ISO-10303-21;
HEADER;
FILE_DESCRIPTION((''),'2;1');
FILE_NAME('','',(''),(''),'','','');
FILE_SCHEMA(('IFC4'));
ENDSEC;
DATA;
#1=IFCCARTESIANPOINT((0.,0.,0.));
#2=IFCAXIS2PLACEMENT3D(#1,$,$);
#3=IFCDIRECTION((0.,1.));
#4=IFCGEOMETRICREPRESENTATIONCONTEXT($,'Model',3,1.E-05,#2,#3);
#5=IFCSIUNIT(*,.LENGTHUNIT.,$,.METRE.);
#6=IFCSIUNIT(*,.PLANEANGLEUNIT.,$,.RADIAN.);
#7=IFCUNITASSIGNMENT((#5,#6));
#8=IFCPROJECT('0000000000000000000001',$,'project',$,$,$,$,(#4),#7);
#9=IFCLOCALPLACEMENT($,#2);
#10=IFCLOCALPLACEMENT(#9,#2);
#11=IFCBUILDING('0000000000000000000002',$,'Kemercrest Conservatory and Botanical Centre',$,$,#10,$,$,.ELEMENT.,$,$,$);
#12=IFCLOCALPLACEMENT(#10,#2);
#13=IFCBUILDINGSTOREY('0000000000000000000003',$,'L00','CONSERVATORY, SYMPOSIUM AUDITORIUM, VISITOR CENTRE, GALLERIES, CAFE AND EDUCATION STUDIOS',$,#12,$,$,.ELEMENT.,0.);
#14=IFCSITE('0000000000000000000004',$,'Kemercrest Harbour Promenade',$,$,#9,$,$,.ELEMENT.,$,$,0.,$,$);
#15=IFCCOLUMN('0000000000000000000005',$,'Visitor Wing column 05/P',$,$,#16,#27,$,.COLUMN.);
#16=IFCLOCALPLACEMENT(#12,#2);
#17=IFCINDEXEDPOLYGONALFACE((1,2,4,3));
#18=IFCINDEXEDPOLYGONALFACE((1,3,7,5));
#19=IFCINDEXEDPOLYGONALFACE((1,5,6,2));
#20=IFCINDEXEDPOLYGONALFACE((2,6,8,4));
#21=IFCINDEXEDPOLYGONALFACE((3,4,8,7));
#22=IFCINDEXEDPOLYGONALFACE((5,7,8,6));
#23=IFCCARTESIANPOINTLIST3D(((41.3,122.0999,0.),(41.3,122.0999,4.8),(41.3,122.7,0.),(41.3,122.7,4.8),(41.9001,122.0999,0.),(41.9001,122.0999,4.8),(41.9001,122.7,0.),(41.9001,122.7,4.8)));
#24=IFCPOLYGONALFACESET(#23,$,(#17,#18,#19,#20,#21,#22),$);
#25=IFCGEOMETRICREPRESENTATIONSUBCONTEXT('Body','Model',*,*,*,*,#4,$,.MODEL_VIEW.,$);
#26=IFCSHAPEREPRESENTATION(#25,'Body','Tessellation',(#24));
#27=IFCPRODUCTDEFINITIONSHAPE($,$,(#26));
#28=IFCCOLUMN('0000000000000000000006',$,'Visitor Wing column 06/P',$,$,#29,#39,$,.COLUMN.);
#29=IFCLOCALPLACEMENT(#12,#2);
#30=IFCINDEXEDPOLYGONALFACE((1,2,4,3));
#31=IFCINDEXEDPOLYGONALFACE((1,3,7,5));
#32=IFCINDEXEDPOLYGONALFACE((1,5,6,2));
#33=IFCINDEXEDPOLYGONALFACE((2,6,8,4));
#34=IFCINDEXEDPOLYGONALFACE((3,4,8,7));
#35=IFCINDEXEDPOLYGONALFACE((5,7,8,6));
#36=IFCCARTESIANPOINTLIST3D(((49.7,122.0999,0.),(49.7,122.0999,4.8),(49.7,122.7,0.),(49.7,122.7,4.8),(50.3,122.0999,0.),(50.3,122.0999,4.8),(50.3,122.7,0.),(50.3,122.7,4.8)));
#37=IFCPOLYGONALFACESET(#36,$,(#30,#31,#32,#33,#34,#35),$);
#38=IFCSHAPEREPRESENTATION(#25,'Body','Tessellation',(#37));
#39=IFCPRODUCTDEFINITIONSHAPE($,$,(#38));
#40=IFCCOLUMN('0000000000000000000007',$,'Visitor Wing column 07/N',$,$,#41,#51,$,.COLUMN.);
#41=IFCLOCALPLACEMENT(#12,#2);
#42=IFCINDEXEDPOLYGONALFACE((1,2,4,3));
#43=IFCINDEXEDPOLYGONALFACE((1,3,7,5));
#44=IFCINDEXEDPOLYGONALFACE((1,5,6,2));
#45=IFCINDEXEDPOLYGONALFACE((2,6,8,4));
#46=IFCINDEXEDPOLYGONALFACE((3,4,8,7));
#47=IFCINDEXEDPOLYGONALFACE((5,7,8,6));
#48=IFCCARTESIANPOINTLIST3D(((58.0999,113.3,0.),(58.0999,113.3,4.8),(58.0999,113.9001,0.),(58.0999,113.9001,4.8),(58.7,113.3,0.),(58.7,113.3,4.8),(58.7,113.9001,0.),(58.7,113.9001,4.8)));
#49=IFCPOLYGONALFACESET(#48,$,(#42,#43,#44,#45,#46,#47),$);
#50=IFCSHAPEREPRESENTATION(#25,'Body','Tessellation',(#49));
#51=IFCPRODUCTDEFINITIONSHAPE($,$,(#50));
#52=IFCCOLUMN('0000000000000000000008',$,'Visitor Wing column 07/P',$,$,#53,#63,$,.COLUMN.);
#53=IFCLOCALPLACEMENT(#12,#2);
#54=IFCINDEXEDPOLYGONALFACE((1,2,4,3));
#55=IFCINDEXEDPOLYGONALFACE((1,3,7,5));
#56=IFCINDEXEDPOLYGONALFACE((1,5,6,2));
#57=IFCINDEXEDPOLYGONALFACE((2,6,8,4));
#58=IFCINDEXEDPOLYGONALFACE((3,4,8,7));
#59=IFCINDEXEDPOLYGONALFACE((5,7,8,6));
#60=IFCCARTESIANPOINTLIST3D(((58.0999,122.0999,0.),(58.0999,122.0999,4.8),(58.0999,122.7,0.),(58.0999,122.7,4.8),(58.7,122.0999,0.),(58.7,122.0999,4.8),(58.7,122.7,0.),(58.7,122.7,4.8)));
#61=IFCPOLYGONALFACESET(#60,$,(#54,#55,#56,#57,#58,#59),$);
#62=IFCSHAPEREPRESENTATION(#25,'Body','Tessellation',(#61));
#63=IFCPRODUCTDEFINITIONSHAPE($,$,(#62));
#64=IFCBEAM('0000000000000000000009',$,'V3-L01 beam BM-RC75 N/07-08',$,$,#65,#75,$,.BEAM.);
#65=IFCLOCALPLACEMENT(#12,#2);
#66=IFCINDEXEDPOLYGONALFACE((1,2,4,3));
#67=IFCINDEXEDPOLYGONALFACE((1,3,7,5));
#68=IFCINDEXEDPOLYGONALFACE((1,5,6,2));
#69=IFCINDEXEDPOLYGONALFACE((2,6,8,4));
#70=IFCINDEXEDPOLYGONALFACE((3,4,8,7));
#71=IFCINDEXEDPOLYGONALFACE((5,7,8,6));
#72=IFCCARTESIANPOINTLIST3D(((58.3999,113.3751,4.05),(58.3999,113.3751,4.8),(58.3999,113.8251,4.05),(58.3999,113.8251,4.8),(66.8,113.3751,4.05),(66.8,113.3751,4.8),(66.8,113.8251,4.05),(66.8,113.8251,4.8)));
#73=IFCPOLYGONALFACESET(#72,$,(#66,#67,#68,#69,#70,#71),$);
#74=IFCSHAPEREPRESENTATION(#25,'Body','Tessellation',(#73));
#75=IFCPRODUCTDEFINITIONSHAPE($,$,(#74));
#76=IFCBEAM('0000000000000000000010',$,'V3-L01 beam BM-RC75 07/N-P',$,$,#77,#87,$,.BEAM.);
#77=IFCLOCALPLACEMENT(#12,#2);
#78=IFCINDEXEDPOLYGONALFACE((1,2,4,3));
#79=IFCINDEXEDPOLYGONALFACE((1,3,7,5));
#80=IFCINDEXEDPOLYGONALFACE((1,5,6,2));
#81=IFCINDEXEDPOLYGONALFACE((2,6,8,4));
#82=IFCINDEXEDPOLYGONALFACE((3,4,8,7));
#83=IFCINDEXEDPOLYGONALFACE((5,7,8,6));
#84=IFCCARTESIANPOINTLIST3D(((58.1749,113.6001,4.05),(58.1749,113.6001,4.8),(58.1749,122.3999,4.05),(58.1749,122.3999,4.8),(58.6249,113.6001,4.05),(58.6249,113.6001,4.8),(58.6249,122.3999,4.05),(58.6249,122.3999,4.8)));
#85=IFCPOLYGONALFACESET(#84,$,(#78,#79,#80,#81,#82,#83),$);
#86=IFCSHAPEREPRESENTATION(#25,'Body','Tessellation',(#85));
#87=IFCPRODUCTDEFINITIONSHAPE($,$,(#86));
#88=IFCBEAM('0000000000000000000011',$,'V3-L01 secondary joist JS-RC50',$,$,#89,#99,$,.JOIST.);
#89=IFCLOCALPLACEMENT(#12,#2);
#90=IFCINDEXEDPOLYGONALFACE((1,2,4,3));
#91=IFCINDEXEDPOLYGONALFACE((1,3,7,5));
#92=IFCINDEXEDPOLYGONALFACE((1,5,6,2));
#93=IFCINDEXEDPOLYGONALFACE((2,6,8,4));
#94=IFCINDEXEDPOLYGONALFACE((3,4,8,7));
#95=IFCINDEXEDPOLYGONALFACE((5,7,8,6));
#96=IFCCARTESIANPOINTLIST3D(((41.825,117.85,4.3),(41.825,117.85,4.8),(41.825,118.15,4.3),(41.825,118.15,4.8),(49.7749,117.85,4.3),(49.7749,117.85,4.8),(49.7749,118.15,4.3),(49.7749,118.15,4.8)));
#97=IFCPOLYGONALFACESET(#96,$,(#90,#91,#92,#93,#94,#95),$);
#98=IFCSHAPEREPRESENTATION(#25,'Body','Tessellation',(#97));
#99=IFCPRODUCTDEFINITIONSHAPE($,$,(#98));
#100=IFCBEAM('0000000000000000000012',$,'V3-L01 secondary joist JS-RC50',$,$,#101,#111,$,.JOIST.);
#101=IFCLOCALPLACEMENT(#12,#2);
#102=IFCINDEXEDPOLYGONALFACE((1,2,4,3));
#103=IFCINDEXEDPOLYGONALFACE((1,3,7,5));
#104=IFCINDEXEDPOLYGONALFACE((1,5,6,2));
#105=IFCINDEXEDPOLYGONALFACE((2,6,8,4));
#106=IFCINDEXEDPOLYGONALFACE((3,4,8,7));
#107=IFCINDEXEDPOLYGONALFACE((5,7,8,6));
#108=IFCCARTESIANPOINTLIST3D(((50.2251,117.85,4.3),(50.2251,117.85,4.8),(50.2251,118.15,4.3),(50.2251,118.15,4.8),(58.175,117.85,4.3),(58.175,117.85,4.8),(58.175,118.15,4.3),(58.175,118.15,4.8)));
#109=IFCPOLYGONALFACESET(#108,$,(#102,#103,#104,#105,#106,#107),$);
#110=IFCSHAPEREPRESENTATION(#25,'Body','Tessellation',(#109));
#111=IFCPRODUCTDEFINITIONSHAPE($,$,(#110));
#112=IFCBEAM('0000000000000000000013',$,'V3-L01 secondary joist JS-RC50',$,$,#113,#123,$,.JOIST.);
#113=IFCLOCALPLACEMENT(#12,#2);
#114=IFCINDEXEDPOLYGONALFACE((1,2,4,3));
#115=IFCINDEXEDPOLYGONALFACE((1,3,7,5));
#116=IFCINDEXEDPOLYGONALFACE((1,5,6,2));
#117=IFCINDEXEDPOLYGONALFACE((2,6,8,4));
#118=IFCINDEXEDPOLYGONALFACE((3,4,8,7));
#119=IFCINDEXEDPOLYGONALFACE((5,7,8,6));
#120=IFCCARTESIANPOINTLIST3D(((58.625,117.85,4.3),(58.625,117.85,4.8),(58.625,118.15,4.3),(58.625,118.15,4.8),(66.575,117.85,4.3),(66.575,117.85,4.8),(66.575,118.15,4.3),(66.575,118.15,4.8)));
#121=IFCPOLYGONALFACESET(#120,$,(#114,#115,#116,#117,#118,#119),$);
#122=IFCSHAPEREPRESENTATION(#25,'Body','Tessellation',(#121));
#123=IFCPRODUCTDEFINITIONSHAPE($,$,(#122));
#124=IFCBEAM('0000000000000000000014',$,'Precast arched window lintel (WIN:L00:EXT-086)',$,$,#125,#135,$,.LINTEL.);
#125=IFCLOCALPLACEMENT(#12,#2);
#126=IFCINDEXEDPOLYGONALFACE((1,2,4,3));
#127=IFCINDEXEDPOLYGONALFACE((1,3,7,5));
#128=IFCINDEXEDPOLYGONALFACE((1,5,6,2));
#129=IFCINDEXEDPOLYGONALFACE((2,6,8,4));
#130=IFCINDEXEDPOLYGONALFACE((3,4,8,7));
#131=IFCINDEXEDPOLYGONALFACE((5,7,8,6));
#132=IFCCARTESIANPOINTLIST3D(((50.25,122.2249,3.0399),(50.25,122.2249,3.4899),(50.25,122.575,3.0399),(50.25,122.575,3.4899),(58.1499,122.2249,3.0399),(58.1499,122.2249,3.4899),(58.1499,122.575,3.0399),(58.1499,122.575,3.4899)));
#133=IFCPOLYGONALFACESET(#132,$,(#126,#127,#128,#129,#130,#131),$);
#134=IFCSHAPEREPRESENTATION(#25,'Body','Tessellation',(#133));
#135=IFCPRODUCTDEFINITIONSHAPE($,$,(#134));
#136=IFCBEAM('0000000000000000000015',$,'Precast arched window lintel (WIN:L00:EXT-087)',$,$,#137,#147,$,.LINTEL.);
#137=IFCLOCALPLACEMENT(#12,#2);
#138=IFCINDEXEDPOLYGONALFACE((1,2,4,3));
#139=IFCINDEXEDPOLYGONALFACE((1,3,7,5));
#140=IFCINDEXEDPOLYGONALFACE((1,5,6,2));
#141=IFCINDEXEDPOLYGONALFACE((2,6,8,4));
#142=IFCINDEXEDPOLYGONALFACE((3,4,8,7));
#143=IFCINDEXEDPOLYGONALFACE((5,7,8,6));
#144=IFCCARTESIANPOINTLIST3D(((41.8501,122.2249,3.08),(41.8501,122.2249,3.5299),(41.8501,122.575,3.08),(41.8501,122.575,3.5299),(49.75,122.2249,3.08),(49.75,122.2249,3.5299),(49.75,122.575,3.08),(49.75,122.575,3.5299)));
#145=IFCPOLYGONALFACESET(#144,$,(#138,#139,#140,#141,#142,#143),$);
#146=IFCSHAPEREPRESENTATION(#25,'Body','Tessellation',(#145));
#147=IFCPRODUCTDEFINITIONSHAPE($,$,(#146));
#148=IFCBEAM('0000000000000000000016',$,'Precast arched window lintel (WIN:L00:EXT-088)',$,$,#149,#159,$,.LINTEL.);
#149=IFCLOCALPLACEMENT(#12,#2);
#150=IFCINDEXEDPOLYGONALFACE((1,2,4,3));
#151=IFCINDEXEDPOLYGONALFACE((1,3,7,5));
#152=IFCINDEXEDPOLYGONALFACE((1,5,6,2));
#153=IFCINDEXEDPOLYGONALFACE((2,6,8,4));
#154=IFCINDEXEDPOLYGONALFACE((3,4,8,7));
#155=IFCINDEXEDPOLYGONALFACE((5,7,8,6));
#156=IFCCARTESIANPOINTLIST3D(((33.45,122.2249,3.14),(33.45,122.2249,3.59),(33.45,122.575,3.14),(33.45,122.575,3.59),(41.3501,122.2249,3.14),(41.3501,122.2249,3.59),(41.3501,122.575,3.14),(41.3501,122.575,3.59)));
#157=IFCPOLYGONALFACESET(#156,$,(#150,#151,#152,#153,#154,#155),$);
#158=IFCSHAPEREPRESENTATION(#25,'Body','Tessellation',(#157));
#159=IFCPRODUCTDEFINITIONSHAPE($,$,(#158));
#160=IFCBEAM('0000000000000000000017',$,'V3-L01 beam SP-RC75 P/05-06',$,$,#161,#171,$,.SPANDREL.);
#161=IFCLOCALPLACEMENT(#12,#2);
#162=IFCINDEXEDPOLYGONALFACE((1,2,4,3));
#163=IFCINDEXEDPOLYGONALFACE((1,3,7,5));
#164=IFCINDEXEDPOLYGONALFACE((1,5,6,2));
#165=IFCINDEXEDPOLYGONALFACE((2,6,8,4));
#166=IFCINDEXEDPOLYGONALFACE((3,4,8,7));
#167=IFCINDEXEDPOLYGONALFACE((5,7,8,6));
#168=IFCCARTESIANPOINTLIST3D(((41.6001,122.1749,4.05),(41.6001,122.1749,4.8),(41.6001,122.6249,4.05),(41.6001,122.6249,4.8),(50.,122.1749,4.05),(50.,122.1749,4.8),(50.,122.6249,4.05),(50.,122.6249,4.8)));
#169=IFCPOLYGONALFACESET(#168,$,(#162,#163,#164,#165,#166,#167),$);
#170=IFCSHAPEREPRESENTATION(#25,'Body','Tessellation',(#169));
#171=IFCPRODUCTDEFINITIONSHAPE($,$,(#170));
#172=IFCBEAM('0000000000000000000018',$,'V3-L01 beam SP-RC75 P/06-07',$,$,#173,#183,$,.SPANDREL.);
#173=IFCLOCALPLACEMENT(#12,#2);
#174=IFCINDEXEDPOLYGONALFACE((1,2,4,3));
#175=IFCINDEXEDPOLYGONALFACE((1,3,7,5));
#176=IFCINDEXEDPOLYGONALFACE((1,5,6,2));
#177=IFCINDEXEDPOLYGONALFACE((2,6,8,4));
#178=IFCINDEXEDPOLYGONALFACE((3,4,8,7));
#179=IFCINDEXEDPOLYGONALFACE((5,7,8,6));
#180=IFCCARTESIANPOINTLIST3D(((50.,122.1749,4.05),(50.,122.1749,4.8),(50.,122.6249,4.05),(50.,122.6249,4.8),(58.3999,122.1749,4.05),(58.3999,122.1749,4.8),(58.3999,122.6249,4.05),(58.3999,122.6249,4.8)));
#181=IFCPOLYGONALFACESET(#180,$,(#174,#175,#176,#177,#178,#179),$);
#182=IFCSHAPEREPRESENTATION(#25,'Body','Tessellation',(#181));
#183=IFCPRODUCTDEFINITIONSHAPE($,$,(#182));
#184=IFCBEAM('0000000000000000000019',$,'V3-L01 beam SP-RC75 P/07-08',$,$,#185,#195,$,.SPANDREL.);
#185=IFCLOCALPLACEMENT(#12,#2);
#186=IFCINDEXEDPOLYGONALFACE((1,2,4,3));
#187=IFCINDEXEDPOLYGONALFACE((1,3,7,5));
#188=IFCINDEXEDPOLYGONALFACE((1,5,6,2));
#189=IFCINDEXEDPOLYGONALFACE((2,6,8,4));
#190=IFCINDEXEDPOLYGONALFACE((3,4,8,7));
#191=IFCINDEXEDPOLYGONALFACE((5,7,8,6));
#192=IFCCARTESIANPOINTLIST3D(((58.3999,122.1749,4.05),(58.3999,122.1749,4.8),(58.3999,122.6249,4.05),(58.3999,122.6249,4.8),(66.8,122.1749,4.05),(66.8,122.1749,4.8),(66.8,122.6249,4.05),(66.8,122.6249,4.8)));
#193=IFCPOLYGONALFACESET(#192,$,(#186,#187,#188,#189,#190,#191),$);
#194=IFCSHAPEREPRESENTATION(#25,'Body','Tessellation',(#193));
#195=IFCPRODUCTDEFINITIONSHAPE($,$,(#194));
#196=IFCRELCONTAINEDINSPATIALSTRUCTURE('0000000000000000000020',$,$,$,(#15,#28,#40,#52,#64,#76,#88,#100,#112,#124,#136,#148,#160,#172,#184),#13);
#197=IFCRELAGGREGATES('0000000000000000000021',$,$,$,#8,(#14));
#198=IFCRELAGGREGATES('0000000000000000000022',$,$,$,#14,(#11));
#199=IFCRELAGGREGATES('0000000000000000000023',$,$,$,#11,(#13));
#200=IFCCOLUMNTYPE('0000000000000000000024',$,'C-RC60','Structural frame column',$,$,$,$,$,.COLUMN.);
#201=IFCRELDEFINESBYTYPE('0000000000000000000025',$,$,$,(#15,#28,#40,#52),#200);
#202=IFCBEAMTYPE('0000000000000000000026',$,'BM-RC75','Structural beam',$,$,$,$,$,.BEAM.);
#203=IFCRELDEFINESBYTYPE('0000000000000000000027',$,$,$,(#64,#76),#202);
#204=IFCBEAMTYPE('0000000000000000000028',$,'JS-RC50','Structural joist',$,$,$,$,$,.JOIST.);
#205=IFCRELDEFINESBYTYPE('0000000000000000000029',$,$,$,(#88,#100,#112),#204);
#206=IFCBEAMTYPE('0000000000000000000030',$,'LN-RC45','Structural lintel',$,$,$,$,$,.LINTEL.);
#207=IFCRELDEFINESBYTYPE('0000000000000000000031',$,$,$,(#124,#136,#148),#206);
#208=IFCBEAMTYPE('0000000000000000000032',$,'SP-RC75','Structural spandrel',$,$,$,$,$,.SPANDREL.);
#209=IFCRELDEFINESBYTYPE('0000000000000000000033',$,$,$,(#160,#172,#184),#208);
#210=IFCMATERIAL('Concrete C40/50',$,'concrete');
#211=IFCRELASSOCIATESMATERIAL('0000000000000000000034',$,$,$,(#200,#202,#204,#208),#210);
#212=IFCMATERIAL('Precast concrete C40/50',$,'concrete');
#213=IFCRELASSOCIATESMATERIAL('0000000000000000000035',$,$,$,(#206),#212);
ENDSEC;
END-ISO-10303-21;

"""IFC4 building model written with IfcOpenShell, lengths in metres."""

from ifc_helpers import new_model, si_unit, direction, frame, origin, origin_2d, place, context, subcontext, project, spatial, rectangle, extrude, material, material_profile, profile_set, type_object, element, save


model = new_model("IFC4")

# Units and contexts
model_context = context("Model", 3, precision=1e-05, world=origin(), true_north=direction((0.0, 1.0)))
body_context = subcontext(model_context, "Body", "Model", "MODEL_VIEW")
ifc_project = project(units=[si_unit("LENGTHUNIT", "METRE"), si_unit("PLANEANGLEUNIT", "RADIAN")], contexts=[model_context])

# Site, building, storey
site_placement = place(None, origin())
site = spatial("IfcSite", under=ifc_project, at=site_placement, Name="Kemercrest Harbour Promenade", CompositionType="ELEMENT", RefElevation=0.0)
building_placement = place(site_placement, origin())
building = spatial("IfcBuilding", under=site, at=building_placement, Name="Kemercrest Conservatory and Botanical Centre", CompositionType="ELEMENT")
storey_placement = place(building_placement, origin())
storey = spatial("IfcBuildingStorey", under=building, at=storey_placement, Name="L00", Description="CONSERVATORY, SYMPOSIUM AUDITORIUM, VISITOR CENTRE, GALLERIES, CAFE AND EDUCATION STUDIOS", CompositionType="ELEMENT", Elevation=0.0)

# Columns
ifc_material_1 = material(Name="Concrete C40/50", Category="concrete")
ifc_material_profile_1 = material_profile(ifc_material_1, rectangle(XDim=0.6001, YDim=0.6001, at=origin_2d()), Name="RC 600x600")
ifc_profile_set_1 = profile_set([ifc_material_profile_1], Name="Concrete C40/50")
column_type = type_object("IfcColumnType", Name="C-RC60", Description="Structural frame column", PredefinedType="COLUMN", material=ifc_profile_set_1)
for number, where, z_axis, x_axis, name in (
    (1, (41.6001, 122.3999, 0.0), (0.0, 0.0, 1.0), (1.0, 0.0, 0.0), "Visitor Wing column 05/P"),
    (2, (50.0, 122.3999, 0.0), (0.0, 0.0, 1.0), (1.0, 0.0, 0.0), "Visitor Wing column 06/P"),
    (3, (58.3999, 113.6001, 0.0), (0.0, 0.0, 1.0), (1.0, 0.0, 0.0), "Visitor Wing column 07/N"),
    (4, (58.3999, 122.3999, 0.0), (0.0, 0.0, 1.0), (1.0, 0.0, 0.0), "Visitor Wing column 07/P"),
):
    element("IfcColumn", number, at=place(storey_placement, frame(where, z_axis=z_axis, x_axis=x_axis)), inside=storey, type_object=column_type, Name=name, PredefinedType="COLUMN", context=body_context, shape_type="SweptSolid", body=[
        extrude(rectangle(XDim=0.6001, YDim=0.6001, at=origin_2d()), origin(), (0.0, 0.0, 1.0), 4.8),
    ])

# Beams
ifc_material_profile_2 = material_profile(ifc_material_1, rectangle(XDim=0.45, YDim=0.75, at=origin_2d()), Name="RC 450x750")
ifc_profile_set_2 = profile_set([ifc_material_profile_2], Name="Concrete C40/50")
beam_type_1 = type_object("IfcBeamType", Name="BM-RC75", Description="Structural beam", PredefinedType="BEAM", material=ifc_profile_set_2)
beam_1_placement = place(storey_placement, frame((58.3999, 113.6001, 4.425), z_axis=(1.0, 0.0, 0.0), x_axis=(0.0, 1.0, 0.0)))
element("IfcBeam", 5, at=beam_1_placement, inside=storey, type_object=beam_type_1, Name="V3-L01 beam BM-RC75 N/07-08", PredefinedType="BEAM", context=body_context, shape_type="SweptSolid", body=[
    extrude(rectangle(XDim=0.45, YDim=0.75, at=origin_2d()), origin(), (0.0, 0.0, 1.0), 8.4001),
])
beam_2_placement = place(storey_placement, frame((58.3999, 113.6001, 4.425), z_axis=(0.0, 1.0, 0.0), x_axis=(-1.0, 0.0, 0.0)))
element("IfcBeam", 6, at=beam_2_placement, inside=storey, type_object=beam_type_1, Name="V3-L01 beam BM-RC75 07/N-P", PredefinedType="BEAM", context=body_context, shape_type="SweptSolid", body=[
    extrude(rectangle(XDim=0.45, YDim=0.75, at=origin_2d()), origin(), (0.0, 0.0, 1.0), 8.7998),
])
ifc_material_profile_3 = material_profile(ifc_material_1, rectangle(XDim=0.3, YDim=0.5, at=origin_2d()), Name="RC 300x500")
ifc_profile_set_3 = profile_set([ifc_material_profile_3], Name="Concrete C40/50")
beam_type_2 = type_object("IfcBeamType", Name="JS-RC50", Description="Structural joist", PredefinedType="JOIST", material=ifc_profile_set_3)
for number, where, z_axis, x_axis, name in (
    (7, (41.825, 118.0, 4.55), (1.0, 0.0, 0.0), (0.0, 1.0, 0.0), "V3-L01 secondary joist JS-RC50"),
    (8, (50.2251, 118.0, 4.55), (1.0, 0.0, 0.0), (0.0, 1.0, 0.0), "V3-L01 secondary joist JS-RC50"),
    (9, (58.625, 118.0, 4.55), (1.0, 0.0, 0.0), (0.0, 1.0, 0.0), "V3-L01 secondary joist JS-RC50"),
):
    element("IfcBeam", number, at=place(storey_placement, frame(where, z_axis=z_axis, x_axis=x_axis)), inside=storey, type_object=beam_type_2, Name=name, PredefinedType="JOIST", context=body_context, shape_type="SweptSolid", body=[
        extrude(rectangle(XDim=0.3, YDim=0.5, at=origin_2d()), origin(), (0.0, 0.0, 1.0), 7.95),
    ])
ifc_material_2 = material(Name="Precast concrete C40/50", Category="concrete")
ifc_material_profile_4 = material_profile(ifc_material_2, rectangle(XDim=0.3501, YDim=0.45, at=origin_2d()), Name="RC 350x450")
ifc_profile_set_4 = profile_set([ifc_material_profile_4], Name="Precast concrete C40/50")
beam_type_3 = type_object("IfcBeamType", Name="LN-RC45", Description="Structural lintel", PredefinedType="LINTEL", material=ifc_profile_set_4)
for number, where, z_axis, x_axis, name in (
    (10, (58.1499, 122.3999, 3.2649), (-1.0, 0.0, 0.0), (0.0, -1.0, 0.0), "Precast arched window lintel (WIN:L00:EXT-086)"),
    (11, (49.75, 122.3999, 3.3049), (-1.0, 0.0, 0.0), (0.0, -1.0, 0.0), "Precast arched window lintel (WIN:L00:EXT-087)"),
):
    element("IfcBeam", number, at=place(storey_placement, frame(where, z_axis=z_axis, x_axis=x_axis)), inside=storey, type_object=beam_type_3, Name=name, PredefinedType="LINTEL", context=body_context, shape_type="SweptSolid", body=[
        extrude(rectangle(XDim=0.3501, YDim=0.45, at=origin_2d()), origin(), (0.0, 0.0, 1.0), 7.8999),
    ])
beam_3_placement = place(storey_placement, frame((41.3501, 122.3999, 3.365), z_axis=(-1.0, 0.0, 0.0), x_axis=(0.0, -1.0, 0.0)))
element("IfcBeam", 12, at=beam_3_placement, inside=storey, type_object=beam_type_3, Name="Precast arched window lintel (WIN:L00:EXT-088)", PredefinedType="LINTEL", context=body_context, shape_type="SweptSolid", body=[
    extrude(rectangle(XDim=0.3501, YDim=0.45, at=origin_2d()), origin(), (0.0, 0.0, 1.0), 7.9001),
])
ifc_material_profile_5 = material_profile(ifc_material_1, rectangle(XDim=0.45, YDim=0.75, at=origin_2d()), Name="RC 450x750")
ifc_profile_set_5 = profile_set([ifc_material_profile_5], Name="Concrete C40/50")
beam_type_4 = type_object("IfcBeamType", Name="SP-RC75", Description="Structural spandrel", PredefinedType="SPANDREL", material=ifc_profile_set_5)
for number, where, z_axis, x_axis, name in (
    (13, (41.6001, 122.3999, 4.425), (1.0, 0.0, 0.0), (0.0, 1.0, 0.0), "V3-L01 beam SP-RC75 P/05-06"),
    (14, (50.0, 122.3999, 4.425), (1.0, 0.0, 0.0), (0.0, 1.0, 0.0), "V3-L01 beam SP-RC75 P/06-07"),
):
    element("IfcBeam", number, at=place(storey_placement, frame(where, z_axis=z_axis, x_axis=x_axis)), inside=storey, type_object=beam_type_4, Name=name, PredefinedType="SPANDREL", context=body_context, shape_type="SweptSolid", body=[
        extrude(rectangle(XDim=0.45, YDim=0.75, at=origin_2d()), origin(), (0.0, 0.0, 1.0), 8.3999),
    ])
beam_4_placement = place(storey_placement, frame((58.3999, 122.3999, 4.425), z_axis=(1.0, 0.0, 0.0), x_axis=(0.0, 1.0, 0.0)))
element("IfcBeam", 15, at=beam_4_placement, inside=storey, type_object=beam_type_4, Name="V3-L01 beam SP-RC75 P/07-08", PredefinedType="SPANDREL", context=body_context, shape_type="SweptSolid", body=[
    extrude(rectangle(XDim=0.45, YDim=0.75, at=origin_2d()), origin(), (0.0, 0.0, 1.0), 8.4001),
])

save(model, "model.ifc")
